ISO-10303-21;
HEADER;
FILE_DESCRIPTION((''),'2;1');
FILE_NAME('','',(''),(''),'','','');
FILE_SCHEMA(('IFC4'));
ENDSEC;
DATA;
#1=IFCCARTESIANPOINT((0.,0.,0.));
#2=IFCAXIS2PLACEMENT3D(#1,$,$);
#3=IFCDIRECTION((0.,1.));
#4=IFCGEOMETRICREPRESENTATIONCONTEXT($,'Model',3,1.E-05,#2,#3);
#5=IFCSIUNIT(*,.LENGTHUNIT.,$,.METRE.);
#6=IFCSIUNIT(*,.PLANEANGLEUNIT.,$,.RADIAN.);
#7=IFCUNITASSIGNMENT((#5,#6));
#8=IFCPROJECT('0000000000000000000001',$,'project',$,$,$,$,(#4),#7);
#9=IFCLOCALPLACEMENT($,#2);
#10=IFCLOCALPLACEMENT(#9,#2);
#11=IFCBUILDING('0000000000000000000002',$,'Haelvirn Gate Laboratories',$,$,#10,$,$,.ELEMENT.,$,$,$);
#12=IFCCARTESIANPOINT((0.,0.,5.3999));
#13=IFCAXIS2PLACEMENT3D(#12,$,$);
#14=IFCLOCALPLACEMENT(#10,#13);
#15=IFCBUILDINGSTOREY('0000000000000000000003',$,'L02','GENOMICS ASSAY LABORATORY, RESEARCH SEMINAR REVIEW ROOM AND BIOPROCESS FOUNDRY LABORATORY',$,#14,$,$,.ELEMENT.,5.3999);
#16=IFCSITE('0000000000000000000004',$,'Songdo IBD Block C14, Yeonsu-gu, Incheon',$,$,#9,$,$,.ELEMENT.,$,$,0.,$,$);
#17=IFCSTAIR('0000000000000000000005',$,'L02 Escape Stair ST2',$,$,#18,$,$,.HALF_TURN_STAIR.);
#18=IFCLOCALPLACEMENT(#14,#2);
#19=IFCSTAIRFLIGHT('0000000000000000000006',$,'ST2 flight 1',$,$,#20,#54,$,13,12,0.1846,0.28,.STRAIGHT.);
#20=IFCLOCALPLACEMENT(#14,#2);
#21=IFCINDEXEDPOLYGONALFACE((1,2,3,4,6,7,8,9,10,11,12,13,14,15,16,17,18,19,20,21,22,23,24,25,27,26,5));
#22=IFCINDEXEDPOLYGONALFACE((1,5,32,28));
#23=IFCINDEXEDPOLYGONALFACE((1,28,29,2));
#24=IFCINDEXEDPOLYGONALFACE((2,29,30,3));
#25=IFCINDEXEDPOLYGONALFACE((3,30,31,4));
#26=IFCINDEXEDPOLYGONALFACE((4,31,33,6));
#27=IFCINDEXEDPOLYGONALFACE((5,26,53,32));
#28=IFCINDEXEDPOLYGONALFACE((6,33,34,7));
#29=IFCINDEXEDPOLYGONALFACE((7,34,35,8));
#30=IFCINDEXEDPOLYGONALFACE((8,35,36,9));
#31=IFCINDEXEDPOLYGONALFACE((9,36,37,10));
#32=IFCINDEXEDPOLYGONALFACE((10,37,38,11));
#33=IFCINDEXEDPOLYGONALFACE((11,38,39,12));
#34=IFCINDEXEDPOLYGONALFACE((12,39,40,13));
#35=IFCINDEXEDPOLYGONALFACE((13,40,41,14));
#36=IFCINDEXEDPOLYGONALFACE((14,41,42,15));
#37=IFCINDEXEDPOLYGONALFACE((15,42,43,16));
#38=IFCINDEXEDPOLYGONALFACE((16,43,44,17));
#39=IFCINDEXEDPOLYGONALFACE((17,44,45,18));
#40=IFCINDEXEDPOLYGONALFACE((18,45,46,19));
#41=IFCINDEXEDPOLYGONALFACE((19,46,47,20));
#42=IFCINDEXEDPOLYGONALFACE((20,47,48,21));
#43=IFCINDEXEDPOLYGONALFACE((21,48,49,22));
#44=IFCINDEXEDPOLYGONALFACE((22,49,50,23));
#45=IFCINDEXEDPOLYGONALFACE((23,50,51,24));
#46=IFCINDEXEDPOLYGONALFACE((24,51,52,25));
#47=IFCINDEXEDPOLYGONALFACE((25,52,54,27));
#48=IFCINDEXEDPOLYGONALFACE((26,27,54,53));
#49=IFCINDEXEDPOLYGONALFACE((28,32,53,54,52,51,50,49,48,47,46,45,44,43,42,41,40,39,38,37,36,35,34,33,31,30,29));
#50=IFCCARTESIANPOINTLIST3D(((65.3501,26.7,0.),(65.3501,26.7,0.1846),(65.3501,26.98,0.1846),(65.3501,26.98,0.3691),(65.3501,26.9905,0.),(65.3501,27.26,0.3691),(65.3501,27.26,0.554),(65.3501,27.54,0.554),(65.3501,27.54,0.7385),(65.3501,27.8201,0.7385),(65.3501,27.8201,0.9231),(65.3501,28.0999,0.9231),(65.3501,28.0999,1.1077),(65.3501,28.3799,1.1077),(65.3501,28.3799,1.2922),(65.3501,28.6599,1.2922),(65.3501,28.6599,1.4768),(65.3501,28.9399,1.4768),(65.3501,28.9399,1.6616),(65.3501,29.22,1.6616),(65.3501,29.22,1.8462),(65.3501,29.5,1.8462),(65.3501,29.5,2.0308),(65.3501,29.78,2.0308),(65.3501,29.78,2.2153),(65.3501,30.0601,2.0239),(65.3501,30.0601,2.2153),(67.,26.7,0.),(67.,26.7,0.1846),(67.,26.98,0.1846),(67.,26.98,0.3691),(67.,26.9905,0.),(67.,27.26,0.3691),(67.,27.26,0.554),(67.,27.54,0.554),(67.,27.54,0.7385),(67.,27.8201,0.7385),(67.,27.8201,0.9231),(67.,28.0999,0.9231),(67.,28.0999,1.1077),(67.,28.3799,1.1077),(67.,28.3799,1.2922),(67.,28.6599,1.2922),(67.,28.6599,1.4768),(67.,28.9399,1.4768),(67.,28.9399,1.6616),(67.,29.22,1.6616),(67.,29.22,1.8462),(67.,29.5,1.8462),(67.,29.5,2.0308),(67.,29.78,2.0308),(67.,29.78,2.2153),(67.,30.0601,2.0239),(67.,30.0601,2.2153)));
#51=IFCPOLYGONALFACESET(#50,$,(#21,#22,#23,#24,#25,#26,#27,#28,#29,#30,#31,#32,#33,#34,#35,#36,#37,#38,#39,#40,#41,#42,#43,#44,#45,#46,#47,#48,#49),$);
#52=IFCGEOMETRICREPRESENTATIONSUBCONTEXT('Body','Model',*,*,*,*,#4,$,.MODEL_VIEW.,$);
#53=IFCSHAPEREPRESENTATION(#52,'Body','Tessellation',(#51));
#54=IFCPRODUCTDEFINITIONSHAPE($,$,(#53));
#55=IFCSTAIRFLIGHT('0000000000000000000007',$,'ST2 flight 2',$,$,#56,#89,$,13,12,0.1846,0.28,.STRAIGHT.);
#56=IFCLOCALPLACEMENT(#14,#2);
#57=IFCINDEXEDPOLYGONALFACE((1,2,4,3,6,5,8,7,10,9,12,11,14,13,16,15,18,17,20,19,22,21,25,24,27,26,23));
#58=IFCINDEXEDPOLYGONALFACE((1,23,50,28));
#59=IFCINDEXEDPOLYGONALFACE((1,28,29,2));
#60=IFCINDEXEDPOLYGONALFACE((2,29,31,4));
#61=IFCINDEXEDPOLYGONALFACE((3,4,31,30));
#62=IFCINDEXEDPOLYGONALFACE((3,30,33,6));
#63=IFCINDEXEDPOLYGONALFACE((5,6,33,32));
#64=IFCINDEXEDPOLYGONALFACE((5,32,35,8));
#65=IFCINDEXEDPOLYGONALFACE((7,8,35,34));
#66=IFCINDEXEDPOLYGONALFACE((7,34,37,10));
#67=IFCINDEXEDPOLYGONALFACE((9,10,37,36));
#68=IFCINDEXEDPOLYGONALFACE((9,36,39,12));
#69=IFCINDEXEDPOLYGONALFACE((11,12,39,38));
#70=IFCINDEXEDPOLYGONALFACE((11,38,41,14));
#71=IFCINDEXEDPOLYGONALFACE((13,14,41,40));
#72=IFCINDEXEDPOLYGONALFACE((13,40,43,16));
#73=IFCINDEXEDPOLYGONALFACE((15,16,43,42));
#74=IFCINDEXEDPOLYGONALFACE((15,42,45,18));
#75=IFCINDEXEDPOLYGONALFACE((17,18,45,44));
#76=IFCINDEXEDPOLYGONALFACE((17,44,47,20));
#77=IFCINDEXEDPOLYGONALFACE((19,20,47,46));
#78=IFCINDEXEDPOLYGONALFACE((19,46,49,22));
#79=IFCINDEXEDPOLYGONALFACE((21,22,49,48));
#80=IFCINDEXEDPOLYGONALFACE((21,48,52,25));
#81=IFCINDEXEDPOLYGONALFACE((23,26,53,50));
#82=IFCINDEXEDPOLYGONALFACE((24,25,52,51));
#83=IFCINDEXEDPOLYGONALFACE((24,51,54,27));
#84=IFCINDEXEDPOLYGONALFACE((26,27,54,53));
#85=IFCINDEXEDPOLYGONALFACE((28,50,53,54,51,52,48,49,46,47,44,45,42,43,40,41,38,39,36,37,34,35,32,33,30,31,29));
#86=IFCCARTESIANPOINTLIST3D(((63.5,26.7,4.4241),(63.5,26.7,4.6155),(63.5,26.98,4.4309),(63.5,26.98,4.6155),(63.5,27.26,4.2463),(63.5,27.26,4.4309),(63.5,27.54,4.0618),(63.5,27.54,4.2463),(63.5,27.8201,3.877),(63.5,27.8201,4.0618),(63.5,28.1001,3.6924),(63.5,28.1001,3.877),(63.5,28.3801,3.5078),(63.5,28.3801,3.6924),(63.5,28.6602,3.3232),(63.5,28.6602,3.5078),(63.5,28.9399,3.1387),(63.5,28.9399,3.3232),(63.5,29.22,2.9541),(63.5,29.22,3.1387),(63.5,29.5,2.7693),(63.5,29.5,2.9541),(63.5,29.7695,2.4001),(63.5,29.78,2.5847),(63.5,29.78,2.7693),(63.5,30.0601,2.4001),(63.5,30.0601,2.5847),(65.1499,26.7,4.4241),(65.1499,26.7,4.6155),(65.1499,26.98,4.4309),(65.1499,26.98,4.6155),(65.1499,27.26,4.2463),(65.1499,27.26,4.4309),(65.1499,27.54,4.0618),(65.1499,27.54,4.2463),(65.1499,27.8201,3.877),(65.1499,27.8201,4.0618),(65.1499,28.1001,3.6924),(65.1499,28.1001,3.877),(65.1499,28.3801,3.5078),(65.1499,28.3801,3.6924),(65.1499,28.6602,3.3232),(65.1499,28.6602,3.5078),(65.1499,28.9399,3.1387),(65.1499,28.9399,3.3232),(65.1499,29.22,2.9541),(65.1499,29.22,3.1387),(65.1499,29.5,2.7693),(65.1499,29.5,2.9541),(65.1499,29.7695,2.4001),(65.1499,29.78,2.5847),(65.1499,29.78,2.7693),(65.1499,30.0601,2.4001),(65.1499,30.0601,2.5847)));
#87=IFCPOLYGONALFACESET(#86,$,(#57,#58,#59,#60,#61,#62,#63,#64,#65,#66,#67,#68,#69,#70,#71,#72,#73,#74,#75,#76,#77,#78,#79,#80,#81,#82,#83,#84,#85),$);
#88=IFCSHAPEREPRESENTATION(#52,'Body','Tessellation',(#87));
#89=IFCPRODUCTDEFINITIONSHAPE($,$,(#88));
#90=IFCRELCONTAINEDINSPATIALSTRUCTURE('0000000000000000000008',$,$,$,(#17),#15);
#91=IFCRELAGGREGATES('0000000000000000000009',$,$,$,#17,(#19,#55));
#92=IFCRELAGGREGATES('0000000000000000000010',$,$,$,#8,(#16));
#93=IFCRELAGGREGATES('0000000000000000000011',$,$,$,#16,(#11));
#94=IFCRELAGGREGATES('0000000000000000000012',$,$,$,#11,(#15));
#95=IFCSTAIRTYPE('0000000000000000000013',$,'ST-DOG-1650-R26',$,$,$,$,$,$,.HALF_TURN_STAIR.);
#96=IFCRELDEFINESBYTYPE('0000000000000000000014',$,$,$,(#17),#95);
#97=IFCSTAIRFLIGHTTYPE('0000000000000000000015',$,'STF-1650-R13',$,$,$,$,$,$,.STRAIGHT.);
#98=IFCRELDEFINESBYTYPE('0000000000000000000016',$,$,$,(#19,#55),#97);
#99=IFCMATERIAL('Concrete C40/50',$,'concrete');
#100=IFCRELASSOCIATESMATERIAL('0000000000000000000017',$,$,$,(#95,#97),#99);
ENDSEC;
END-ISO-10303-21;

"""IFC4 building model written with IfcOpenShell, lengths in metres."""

from ifc_helpers import new_model, si_unit, direction, frame, origin, place, context, subcontext, project, spatial, polyline, outline, extrude, source, transform, mapped, material, type_object, type_shapes, element, aggregate, save


model = new_model("IFC4")

# Units and contexts
model_context = context("Model", 3, precision=1e-05, world=origin(), true_north=direction((0.0, 1.0)))
body_context = subcontext(model_context, "Body", "Model", "MODEL_VIEW")
ifc_project = project(units=[si_unit("LENGTHUNIT", "METRE"), si_unit("PLANEANGLEUNIT", "RADIAN")], contexts=[model_context])

# Site, building, storey
site_placement = place(None, origin())
site = spatial("IfcSite", under=ifc_project, at=site_placement, Name="Songdo IBD Block C14, Yeonsu-gu, Incheon", CompositionType="ELEMENT", RefElevation=0.0)
building_placement = place(site_placement, origin())
building = spatial("IfcBuilding", under=site, at=building_placement, Name="Haelvirn Gate Laboratories", CompositionType="ELEMENT")
storey_placement = place(building_placement, frame((0.0, 0.0, 5.3999)))
storey = spatial("IfcBuildingStorey", under=building, at=storey_placement, Name="L02", Description="GENOMICS ASSAY LABORATORY, RESEARCH SEMINAR REVIEW ROOM AND BIOPROCESS FOUNDRY LABORATORY", CompositionType="ELEMENT", Elevation=5.3999)

# Shared definitions
ifc_material_1 = material(Name="Concrete C40/50", Category="concrete")

# Stair, stair flights
stair_type = type_object("IfcStairType", Name="ST-DOG-1650-R26", PredefinedType="HALF_TURN_STAIR", material=ifc_material_1)
stair_placement = place(storey_placement, origin())
stair = element("IfcStair", 1, at=stair_placement, inside=storey, type_object=stair_type, Name="L02 Escape Stair ST2", PredefinedType="HALF_TURN_STAIR")
stair_flight_type = type_object("IfcStairFlightType", Name="STF-1650-R13", PredefinedType="STRAIGHT", material=ifc_material_1)
shared_shape_1 = source(origin(), body_context, "Body", "SweptSolid", [
    extrude(outline(polyline([(0.0, 0.0), (0.0, 0.1846), (0.28, 0.1846), (0.28, 0.3691), (0.5601, 0.3691), (0.5601, 0.554), (0.8401, 0.554), (0.8401, 0.7385), (1.1201, 0.7385), (1.1201, 0.9231), (1.3999, 0.9231), (1.3999, 1.1077), (1.6799, 1.1077), (1.6799, 1.2922), (1.96, 1.2922), (1.96, 1.4768), (2.24, 1.4768), (2.24, 1.6616), (2.52, 1.6616), (2.52, 1.8462), (2.8, 1.8462), (2.8, 2.0308), (3.0801, 2.0308), (3.0801, 2.2153), (3.3601, 2.2153), (3.3601, 2.3999), (3.3601, 2.0239), (0.2905, 0.0), (0.0, 0.0)])), frame((0.0, 0.825, 0.0), z_axis=(0.0, -1.0, 0.0), x_axis=(1.0, 0.0, 0.0)), (0.0, 0.0, 1.0), 1.6499),
])
type_shapes(stair_flight_type, [shared_shape_1])
stair_flight_1_placement = place(storey_placement, frame((66.175, 26.7, 0.0), z_axis=(0.0, 0.0, 1.0), x_axis=(0.0, 1.0, 0.0)))
stair_flight_1 = element("IfcStairFlight", 2, at=stair_flight_1_placement, type_object=stair_flight_type, Name="ST2 flight 1", NumberOfRisers=13, NumberOfTreads=12, PredefinedType="STRAIGHT", RiserHeight=0.1846, TreadLength=0.28, context=body_context, shape_type="MappedRepresentation", body=[
    mapped(shared_shape_1, transform((0.0, 0.0, 0.0), scale=1.0)),
])
stair_flight_2_placement = place(storey_placement, frame((64.325, 30.0601, 2.4001), z_axis=(0.0, 0.0, 1.0), x_axis=(0.0, -1.0, 0.0)))
stair_flight_2 = element("IfcStairFlight", 3, at=stair_flight_2_placement, type_object=stair_flight_type, Name="ST2 flight 2", NumberOfRisers=13, NumberOfTreads=12, PredefinedType="STRAIGHT", RiserHeight=0.1846, TreadLength=0.28, context=body_context, shape_type="MappedRepresentation", body=[
    mapped(shared_shape_1, transform((0.0, 0.0, 0.0), scale=1.0)),
])
aggregate(stair, [stair_flight_1, stair_flight_2])

save(model, "model.ifc")
